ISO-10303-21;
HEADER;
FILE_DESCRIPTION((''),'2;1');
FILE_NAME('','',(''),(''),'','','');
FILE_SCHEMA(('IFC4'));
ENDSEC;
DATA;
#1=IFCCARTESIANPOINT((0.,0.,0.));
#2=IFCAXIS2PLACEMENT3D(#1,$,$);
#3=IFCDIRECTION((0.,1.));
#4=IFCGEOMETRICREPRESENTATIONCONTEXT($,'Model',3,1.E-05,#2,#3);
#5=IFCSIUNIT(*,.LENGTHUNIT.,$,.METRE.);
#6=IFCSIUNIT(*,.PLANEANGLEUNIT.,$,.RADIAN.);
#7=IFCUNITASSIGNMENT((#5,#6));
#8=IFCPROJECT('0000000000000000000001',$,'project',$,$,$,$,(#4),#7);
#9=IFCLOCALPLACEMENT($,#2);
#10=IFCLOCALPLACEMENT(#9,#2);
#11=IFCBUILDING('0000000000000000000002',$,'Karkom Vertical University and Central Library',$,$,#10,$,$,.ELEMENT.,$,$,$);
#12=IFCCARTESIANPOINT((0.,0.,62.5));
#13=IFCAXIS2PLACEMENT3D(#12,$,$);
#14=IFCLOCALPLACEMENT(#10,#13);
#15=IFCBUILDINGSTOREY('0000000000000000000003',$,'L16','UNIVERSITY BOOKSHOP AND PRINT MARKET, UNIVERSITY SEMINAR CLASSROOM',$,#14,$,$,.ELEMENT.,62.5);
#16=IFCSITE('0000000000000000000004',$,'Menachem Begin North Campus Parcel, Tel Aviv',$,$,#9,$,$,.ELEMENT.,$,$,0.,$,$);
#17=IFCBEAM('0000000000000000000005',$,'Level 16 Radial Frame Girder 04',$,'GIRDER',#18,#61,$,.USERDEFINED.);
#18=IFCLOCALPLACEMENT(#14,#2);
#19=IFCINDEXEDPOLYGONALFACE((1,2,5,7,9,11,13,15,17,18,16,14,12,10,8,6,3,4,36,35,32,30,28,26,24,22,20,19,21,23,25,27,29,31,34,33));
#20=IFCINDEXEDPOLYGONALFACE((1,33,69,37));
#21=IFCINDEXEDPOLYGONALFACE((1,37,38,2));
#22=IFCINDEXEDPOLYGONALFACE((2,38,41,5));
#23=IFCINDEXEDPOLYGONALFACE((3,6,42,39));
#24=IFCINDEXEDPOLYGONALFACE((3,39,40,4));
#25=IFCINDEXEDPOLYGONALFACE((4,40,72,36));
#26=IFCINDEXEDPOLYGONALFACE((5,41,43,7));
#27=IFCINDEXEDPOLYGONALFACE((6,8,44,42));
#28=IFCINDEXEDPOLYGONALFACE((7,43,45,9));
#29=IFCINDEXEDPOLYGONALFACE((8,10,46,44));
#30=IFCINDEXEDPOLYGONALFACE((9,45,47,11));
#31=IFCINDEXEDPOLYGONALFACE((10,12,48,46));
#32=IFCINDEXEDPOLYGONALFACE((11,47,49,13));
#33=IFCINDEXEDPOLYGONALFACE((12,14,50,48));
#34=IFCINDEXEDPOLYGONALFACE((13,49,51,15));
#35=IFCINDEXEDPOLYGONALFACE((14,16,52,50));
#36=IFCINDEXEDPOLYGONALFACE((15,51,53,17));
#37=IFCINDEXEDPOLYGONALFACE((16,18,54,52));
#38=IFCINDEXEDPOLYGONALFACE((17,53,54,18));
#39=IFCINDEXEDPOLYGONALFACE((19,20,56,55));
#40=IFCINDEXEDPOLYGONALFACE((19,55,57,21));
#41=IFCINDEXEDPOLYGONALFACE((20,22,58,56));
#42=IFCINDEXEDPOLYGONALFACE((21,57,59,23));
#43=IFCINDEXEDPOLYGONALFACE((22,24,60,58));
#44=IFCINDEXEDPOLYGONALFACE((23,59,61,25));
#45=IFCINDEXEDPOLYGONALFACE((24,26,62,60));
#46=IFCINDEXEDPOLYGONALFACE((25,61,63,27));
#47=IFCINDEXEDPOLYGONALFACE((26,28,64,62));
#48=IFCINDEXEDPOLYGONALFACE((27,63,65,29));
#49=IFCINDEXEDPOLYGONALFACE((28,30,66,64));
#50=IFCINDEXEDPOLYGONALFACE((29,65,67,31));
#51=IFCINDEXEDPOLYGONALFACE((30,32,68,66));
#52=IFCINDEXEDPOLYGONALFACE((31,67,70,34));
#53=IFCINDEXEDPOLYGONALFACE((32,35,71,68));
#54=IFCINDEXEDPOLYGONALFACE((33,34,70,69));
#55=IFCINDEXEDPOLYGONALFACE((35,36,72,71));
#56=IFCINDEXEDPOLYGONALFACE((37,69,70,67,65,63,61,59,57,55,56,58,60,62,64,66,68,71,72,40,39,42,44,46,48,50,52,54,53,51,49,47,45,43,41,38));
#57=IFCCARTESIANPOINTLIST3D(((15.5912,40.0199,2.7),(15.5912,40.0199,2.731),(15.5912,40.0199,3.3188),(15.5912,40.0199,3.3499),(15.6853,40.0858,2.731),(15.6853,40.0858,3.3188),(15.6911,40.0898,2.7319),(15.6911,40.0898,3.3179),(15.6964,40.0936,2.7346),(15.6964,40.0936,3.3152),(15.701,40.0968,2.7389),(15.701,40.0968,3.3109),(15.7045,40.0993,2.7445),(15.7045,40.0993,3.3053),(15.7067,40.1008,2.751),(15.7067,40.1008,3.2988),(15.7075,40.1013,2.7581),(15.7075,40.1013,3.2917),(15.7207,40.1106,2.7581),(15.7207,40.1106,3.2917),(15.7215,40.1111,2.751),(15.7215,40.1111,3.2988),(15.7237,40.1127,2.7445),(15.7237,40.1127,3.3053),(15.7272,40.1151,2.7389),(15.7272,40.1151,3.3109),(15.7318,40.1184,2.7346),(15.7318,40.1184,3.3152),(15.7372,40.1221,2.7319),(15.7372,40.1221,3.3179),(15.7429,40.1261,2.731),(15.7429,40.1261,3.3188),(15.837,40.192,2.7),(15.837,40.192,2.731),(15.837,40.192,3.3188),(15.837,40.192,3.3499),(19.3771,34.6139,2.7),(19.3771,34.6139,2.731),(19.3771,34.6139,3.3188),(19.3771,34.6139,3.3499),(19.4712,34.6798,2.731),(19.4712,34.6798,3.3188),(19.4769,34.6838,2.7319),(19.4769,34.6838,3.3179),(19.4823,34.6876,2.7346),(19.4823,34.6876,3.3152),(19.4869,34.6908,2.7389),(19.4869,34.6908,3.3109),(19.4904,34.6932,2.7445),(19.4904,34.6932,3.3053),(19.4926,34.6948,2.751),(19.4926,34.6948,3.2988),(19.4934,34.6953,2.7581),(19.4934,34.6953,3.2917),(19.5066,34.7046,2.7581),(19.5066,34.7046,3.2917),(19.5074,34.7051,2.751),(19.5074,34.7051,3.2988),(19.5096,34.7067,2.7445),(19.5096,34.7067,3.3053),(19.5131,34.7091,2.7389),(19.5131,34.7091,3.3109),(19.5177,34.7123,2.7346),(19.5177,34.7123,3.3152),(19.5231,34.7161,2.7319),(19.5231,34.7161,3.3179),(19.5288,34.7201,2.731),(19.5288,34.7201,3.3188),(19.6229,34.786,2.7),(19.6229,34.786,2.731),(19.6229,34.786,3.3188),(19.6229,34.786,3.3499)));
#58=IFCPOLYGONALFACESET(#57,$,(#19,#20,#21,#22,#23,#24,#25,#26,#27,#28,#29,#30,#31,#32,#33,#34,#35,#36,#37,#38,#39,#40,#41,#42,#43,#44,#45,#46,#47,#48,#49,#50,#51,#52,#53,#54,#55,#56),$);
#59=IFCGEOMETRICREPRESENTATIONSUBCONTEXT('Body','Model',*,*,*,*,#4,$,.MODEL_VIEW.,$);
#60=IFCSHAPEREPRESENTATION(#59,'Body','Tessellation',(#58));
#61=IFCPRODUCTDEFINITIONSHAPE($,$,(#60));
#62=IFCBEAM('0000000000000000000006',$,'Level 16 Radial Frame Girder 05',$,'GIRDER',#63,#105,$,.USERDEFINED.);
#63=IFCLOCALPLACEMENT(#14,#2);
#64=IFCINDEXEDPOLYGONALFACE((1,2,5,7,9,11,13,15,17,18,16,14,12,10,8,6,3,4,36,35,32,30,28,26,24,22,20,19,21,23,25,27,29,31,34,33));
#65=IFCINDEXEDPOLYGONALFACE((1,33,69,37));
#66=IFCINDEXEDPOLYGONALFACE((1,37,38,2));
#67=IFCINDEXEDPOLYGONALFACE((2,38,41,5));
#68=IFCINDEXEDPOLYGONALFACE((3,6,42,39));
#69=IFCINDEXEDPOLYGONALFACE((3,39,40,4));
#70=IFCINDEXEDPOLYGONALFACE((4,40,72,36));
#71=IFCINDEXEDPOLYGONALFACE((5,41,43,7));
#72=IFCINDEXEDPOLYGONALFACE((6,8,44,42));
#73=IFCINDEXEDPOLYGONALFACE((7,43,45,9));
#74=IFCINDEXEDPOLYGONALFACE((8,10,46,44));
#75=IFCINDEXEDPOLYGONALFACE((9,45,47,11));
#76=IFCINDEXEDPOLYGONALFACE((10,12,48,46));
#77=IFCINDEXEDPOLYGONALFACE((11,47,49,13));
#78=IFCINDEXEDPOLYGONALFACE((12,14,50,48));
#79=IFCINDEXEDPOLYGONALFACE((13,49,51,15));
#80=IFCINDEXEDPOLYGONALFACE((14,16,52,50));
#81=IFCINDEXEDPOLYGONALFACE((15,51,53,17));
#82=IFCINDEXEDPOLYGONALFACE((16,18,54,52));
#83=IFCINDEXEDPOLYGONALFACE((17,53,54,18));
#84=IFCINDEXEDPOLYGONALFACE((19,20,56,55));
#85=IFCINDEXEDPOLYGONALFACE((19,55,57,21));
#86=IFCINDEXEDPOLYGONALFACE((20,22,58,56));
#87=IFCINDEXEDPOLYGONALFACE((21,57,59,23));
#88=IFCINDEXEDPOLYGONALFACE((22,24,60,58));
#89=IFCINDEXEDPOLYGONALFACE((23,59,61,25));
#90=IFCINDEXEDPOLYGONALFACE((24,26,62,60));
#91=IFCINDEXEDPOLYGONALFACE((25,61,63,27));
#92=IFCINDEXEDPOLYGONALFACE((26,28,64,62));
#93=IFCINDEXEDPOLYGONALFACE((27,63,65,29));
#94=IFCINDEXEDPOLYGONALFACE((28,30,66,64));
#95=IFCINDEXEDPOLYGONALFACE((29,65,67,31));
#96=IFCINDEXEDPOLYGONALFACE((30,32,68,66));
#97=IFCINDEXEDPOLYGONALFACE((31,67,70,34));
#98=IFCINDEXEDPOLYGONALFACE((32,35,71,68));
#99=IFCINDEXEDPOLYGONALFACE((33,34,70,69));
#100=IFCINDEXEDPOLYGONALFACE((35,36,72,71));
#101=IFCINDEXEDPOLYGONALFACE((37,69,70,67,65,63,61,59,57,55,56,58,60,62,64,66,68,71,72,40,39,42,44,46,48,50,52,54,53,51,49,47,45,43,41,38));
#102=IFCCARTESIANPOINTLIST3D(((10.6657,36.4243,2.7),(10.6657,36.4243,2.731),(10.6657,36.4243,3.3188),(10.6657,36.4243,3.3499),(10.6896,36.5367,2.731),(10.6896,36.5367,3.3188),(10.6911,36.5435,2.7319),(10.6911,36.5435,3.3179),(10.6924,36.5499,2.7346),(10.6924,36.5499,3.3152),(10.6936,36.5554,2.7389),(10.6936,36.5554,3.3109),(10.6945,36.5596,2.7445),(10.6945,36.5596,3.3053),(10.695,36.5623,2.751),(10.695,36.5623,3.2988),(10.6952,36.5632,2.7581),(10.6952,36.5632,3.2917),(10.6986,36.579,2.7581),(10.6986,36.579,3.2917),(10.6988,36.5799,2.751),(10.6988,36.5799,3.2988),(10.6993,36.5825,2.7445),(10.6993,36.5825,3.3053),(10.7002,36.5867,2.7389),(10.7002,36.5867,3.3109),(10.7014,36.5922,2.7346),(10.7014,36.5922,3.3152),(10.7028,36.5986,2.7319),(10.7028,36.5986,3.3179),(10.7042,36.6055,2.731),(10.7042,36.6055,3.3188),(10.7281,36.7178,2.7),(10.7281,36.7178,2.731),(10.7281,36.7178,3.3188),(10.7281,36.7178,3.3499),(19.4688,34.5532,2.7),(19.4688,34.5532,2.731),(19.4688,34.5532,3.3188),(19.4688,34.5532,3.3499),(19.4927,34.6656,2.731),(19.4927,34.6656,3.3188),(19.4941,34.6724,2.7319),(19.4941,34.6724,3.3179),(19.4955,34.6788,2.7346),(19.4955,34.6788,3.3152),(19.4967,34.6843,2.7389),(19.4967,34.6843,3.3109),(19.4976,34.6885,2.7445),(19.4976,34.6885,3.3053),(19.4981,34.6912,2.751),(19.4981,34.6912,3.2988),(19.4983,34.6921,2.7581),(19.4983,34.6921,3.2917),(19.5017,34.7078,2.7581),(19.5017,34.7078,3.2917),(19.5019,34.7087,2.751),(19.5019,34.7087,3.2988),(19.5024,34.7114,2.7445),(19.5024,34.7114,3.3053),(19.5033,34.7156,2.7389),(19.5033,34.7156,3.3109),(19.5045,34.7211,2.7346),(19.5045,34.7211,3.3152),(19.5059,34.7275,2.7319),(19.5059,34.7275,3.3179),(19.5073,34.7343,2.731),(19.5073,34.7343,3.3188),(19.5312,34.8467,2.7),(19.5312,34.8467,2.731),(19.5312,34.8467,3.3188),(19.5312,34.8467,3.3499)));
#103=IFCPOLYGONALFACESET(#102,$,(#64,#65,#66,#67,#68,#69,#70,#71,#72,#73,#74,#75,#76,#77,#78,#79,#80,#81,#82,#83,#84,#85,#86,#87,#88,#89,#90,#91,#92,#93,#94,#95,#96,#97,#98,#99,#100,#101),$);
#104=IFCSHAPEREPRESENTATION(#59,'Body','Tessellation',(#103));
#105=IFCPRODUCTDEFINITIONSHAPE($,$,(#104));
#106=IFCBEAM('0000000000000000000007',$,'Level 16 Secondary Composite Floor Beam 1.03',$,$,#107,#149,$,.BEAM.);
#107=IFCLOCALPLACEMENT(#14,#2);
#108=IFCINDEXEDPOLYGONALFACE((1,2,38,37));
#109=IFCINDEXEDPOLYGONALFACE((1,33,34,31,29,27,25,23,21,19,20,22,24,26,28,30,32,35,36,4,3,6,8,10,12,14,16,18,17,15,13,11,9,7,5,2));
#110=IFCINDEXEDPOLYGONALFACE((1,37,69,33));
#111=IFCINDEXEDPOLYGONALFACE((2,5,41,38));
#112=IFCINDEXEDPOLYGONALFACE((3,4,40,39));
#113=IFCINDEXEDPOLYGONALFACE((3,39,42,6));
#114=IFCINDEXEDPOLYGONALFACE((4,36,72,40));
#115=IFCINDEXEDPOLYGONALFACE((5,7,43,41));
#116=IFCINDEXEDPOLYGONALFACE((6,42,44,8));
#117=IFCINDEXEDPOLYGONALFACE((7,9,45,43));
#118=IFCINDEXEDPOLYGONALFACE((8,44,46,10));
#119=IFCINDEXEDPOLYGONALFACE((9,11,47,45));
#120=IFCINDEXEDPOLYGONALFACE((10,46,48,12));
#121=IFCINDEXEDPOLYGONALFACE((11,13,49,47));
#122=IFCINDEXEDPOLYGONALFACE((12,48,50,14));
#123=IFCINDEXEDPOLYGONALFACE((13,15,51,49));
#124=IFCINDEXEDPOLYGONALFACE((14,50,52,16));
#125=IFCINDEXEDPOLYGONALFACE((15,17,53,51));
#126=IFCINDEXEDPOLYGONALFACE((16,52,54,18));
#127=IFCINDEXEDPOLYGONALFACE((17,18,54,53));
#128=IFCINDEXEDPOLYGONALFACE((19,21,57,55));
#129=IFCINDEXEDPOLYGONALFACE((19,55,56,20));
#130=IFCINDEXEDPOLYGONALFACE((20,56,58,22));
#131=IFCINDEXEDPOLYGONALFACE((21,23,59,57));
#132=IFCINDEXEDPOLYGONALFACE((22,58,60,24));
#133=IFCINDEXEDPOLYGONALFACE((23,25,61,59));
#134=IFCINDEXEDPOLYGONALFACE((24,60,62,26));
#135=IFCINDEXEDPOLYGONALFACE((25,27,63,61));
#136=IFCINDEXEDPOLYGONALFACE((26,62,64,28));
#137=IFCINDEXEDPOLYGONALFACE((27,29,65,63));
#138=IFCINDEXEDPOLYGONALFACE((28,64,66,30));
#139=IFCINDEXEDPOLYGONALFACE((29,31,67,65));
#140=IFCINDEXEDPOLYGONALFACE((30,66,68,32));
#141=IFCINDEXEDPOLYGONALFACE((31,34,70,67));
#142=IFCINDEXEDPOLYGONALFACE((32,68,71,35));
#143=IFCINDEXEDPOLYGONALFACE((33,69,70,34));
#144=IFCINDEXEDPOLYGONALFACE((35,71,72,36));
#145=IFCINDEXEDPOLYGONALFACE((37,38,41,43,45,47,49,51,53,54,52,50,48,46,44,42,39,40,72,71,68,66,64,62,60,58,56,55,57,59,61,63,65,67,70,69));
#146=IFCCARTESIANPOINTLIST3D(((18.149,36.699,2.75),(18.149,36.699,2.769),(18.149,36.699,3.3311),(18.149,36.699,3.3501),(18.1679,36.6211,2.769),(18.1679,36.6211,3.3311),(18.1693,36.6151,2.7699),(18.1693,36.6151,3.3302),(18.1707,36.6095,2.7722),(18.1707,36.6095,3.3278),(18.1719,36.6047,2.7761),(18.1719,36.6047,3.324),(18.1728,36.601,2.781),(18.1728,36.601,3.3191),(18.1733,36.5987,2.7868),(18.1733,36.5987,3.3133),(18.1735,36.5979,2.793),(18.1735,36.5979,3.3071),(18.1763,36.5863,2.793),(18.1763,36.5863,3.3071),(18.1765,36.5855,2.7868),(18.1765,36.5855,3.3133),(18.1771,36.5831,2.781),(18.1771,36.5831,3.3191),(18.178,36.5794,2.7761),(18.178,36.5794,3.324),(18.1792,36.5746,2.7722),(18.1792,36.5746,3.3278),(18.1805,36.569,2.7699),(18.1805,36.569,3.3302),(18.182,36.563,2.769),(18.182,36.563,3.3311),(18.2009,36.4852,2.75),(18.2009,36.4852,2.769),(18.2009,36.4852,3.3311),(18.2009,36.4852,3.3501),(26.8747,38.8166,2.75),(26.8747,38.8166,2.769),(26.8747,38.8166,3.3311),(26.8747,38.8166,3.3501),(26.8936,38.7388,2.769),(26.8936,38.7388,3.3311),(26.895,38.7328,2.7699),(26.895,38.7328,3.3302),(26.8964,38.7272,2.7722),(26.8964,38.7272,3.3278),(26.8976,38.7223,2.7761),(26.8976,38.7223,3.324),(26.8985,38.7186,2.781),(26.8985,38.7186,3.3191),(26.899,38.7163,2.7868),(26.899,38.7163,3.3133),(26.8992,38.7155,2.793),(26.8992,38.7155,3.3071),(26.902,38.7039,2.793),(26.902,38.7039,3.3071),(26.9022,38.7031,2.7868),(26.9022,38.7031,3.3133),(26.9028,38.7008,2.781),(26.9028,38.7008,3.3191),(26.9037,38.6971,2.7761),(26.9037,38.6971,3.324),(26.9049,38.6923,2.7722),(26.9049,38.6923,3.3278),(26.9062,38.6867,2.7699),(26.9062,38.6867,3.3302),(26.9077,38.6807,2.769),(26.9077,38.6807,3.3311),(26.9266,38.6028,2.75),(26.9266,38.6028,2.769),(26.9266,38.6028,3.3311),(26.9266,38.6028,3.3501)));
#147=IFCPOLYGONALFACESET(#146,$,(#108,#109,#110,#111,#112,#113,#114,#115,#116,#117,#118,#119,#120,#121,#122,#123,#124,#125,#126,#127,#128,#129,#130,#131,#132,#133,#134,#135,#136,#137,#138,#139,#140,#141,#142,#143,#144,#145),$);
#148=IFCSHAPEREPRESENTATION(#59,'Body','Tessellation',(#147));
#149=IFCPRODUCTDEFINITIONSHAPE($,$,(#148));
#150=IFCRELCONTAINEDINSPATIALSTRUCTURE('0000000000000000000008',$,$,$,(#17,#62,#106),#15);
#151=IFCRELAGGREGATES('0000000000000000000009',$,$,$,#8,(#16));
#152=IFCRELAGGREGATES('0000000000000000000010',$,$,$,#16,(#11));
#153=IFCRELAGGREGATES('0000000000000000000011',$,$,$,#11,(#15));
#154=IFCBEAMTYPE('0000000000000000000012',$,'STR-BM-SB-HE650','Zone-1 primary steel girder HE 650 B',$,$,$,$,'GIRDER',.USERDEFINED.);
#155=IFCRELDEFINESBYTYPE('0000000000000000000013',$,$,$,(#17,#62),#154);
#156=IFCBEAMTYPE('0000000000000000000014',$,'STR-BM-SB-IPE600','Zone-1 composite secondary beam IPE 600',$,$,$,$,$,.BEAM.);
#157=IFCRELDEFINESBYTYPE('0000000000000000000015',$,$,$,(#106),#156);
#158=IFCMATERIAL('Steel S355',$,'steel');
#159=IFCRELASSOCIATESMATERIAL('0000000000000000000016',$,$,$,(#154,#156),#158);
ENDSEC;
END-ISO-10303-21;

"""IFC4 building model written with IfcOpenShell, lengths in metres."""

from ifc_helpers import new_model, si_unit, direction, frame, origin, origin_with_axes, origin_2d, place, context, subcontext, project, spatial, i_section, extrude, source, transform, mapped, material, material_profile, profile_set, type_object, element, save


model = new_model("IFC4")

# Units and contexts
model_context = context("Model", 3, precision=1e-05, world=origin(), true_north=direction((0.0, 1.0)))
body_context = subcontext(model_context, "Body", "Model", "MODEL_VIEW")
ifc_project = project(units=[si_unit("LENGTHUNIT", "METRE"), si_unit("PLANEANGLEUNIT", "RADIAN")], contexts=[model_context])

# Site, building, storey
site_placement = place(None, origin())
site = spatial("IfcSite", under=ifc_project, at=site_placement, Name="Menachem Begin North Campus Parcel, Tel Aviv", CompositionType="ELEMENT", RefElevation=0.0)
building_placement = place(site_placement, origin())
building = spatial("IfcBuilding", under=site, at=building_placement, Name="Karkom Vertical University and Central Library", CompositionType="ELEMENT")
storey_placement = place(building_placement, frame((0.0, 0.0, 62.5)))
storey = spatial("IfcBuildingStorey", under=building, at=storey_placement, Name="L16", Description="UNIVERSITY BOOKSHOP AND PRINT MARKET, UNIVERSITY SEMINAR CLASSROOM", CompositionType="ELEMENT", Elevation=62.5)

# Beams
ifc_material_1 = material(Name="Steel S355", Category="steel")
ifc_material_profile_1 = material_profile(ifc_material_1, i_section(OverallWidth=0.3, OverallDepth=0.6499, WebThickness=0.0161, FlangeThickness=0.031, FilletRadius=0.0271, at=origin_2d()), Name="HE 650 B")
ifc_profile_set_1 = profile_set([ifc_material_profile_1], Name="Steel S355")
beam_type_1 = type_object("IfcBeamType", Name="STR-BM-SB-HE650", Description="Zone-1 primary steel girder HE 650 B", ElementType="GIRDER", PredefinedType="USERDEFINED", material=ifc_profile_set_1)
shared_shape_1 = source(origin_with_axes(), body_context, "Body", "SweptSolid", [
    extrude(i_section(OverallWidth=0.3, OverallDepth=0.6499, WebThickness=0.0161, FlangeThickness=0.031, FilletRadius=0.0271, at=origin_2d()), origin(), (0.0, 0.0, 1.0), 6.5999),
])
beam_1_placement = place(storey_placement, frame((19.5, 34.7, 3.0249), z_axis=(-0.573634, 0.819112, 0.0), x_axis=(-0.819112, -0.573634, 0.0)))
element("IfcBeam", 1, at=beam_1_placement, inside=storey, type_object=beam_type_1, Name="Level 16 Radial Frame Girder 04", ObjectType="GIRDER", PredefinedType="USERDEFINED", context=body_context, shape_type="MappedRepresentation", body=[
    mapped(shared_shape_1, transform((0.0, 0.0, 0.0), scale=1.0)),
])
shared_shape_2 = source(origin_with_axes(), body_context, "Body", "SweptSolid", [
    extrude(i_section(OverallWidth=0.3, OverallDepth=0.6499, WebThickness=0.0161, FlangeThickness=0.031, FilletRadius=0.0271, at=origin_2d()), origin(), (0.0, 0.0, 1.0), 8.9998),
])
beam_2_placement = place(storey_placement, frame((19.5, 34.7, 3.0249), z_axis=(-0.978148, 0.207908, 0.0), x_axis=(-0.207908, -0.978148, 0.0)))
element("IfcBeam", 2, at=beam_2_placement, inside=storey, type_object=beam_type_1, Name="Level 16 Radial Frame Girder 05", ObjectType="GIRDER", PredefinedType="USERDEFINED", context=body_context, shape_type="MappedRepresentation", body=[
    mapped(shared_shape_2, transform((0.0, 0.0, 0.0), scale=1.0)),
])
ifc_material_profile_2 = material_profile(ifc_material_1, i_section(OverallWidth=0.22, OverallDepth=0.6001, WebThickness=0.012, FlangeThickness=0.019, FilletRadius=0.0239, at=origin_2d()), Name="IPE 600")
ifc_profile_set_2 = profile_set([ifc_material_profile_2], Name="Steel S355")
beam_type_2 = type_object("IfcBeamType", Name="STR-BM-SB-IPE600", Description="Zone-1 composite secondary beam IPE 600", PredefinedType="BEAM", material=ifc_profile_set_2)
shared_shape_3 = source(origin_with_axes(), body_context, "Body", "SweptSolid", [
    extrude(i_section(OverallWidth=0.22, OverallDepth=0.6001, WebThickness=0.012, FlangeThickness=0.019, FilletRadius=0.0239, at=origin_2d()), origin(), (0.0, 0.0, 1.0), 8.979),
])
beam_3_placement = place(storey_placement, frame((26.9006, 38.7097, 3.05), z_axis=(-0.971791, -0.235844, 0.0), x_axis=(0.235844, -0.971791, 0.0)))
element("IfcBeam", 3, at=beam_3_placement, inside=storey, type_object=beam_type_2, Name="Level 16 Secondary Composite Floor Beam 1.03", PredefinedType="BEAM", context=body_context, shape_type="MappedRepresentation", body=[
    mapped(shared_shape_3, transform((0.0, 0.0, 0.0), scale=1.0)),
])

save(model, "model.ifc")
